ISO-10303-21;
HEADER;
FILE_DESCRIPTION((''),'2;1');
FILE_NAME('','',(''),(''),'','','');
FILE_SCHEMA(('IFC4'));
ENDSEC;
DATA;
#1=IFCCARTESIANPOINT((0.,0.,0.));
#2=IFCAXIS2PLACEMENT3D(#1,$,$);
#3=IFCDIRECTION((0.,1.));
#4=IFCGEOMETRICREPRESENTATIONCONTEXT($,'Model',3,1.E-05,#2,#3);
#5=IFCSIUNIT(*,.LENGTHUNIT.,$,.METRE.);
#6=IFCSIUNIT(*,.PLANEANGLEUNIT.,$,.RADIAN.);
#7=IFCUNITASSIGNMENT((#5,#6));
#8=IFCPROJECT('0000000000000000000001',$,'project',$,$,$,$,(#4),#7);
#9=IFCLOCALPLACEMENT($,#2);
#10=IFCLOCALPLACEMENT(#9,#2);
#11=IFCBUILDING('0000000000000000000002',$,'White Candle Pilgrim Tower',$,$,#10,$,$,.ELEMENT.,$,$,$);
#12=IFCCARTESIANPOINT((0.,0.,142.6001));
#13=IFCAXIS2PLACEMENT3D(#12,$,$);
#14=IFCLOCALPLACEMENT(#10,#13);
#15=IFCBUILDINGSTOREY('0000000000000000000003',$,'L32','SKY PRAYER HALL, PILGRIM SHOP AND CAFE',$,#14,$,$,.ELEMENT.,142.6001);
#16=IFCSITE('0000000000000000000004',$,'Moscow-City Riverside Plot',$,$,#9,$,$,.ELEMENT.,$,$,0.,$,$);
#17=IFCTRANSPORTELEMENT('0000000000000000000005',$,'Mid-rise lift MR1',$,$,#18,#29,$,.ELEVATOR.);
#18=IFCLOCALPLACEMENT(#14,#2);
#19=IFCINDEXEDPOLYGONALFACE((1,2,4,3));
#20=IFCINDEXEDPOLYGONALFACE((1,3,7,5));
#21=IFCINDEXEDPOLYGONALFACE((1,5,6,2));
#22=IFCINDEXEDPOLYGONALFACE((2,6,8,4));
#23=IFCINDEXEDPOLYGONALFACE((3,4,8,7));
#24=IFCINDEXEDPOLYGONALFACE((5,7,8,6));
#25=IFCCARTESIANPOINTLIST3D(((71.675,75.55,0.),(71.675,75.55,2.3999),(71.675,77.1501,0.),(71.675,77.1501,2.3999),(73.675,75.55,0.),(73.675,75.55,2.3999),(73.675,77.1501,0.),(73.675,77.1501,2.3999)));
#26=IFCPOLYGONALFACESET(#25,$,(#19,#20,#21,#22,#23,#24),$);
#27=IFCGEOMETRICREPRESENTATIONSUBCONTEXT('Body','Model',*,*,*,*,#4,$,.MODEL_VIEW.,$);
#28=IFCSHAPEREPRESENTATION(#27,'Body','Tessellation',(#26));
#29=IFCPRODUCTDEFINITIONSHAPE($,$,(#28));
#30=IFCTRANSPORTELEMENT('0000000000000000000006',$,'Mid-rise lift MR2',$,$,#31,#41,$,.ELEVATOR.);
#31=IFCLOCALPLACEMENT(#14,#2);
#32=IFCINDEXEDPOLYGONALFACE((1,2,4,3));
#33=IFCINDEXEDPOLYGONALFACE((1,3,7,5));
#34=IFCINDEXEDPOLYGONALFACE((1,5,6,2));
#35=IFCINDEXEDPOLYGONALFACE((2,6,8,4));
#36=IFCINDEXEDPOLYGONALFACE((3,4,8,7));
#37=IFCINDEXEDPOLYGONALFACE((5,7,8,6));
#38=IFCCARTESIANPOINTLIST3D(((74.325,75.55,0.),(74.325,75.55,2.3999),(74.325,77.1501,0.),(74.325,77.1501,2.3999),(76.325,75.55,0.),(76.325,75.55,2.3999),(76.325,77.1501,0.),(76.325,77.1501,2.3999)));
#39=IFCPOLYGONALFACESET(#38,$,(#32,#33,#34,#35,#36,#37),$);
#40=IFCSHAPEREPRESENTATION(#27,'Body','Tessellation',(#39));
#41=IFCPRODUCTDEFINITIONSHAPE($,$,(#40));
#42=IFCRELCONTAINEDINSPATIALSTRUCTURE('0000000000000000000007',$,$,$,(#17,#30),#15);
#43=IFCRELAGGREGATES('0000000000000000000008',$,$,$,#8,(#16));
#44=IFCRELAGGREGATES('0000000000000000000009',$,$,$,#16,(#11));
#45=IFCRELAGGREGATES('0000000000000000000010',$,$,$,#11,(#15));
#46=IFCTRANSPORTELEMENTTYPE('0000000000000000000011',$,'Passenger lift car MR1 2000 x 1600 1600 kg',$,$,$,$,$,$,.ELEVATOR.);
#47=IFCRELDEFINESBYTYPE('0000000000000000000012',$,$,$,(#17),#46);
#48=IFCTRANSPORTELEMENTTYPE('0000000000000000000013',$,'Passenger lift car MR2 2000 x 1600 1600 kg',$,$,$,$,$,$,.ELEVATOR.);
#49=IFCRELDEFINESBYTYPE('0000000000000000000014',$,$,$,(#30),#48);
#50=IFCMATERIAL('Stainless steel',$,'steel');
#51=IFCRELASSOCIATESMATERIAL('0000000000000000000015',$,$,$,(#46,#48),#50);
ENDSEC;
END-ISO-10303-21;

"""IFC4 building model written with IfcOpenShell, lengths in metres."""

from ifc_helpers import new_model, si_unit, direction, frame, origin, origin_2d, place, context, subcontext, project, spatial, rectangle, extrude, material, type_object, element, save


model = new_model("IFC4")

# Units and contexts
model_context = context("Model", 3, precision=1e-05, world=origin(), true_north=direction((0.0, 1.0)))
body_context = subcontext(model_context, "Body", "Model", "MODEL_VIEW")
ifc_project = project(units=[si_unit("LENGTHUNIT", "METRE"), si_unit("PLANEANGLEUNIT", "RADIAN")], contexts=[model_context])

# Site, building, storey
site_placement = place(None, origin())
site = spatial("IfcSite", under=ifc_project, at=site_placement, Name="Moscow-City Riverside Plot", CompositionType="ELEMENT", RefElevation=0.0)
building_placement = place(site_placement, origin())
building = spatial("IfcBuilding", under=site, at=building_placement, Name="White Candle Pilgrim Tower", CompositionType="ELEMENT")
storey_placement = place(building_placement, frame((0.0, 0.0, 142.6001)))
storey = spatial("IfcBuildingStorey", under=building, at=storey_placement, Name="L32", Description="SKY PRAYER HALL, PILGRIM SHOP AND CAFE", CompositionType="ELEMENT", Elevation=142.6001)

# Shared definitions
ifc_material_1 = material(Name="Stainless steel", Category="steel")

# Transport elements
transport_element_type_1 = type_object("IfcTransportElementType", Name="Passenger lift car MR1 2000 x 1600 1600 kg", PredefinedType="ELEVATOR", material=ifc_material_1)
transport_element_1_placement = place(storey_placement, frame((72.675, 76.3501, 0.0), z_axis=(0.0, 0.0, 1.0), x_axis=(1.0, 0.0, 0.0)))
element("IfcTransportElement", 1, at=transport_element_1_placement, inside=storey, type_object=transport_element_type_1, Name="Mid-rise lift MR1", PredefinedType="ELEVATOR", context=body_context, shape_type="SweptSolid", body=[
    extrude(rectangle(XDim=2.0, YDim=1.6001, at=origin_2d()), origin(), (0.0, 0.0, 1.0), 2.3999),
])
transport_element_type_2 = type_object("IfcTransportElementType", Name="Passenger lift car MR2 2000 x 1600 1600 kg", PredefinedType="ELEVATOR", material=ifc_material_1)
transport_element_2_placement = place(storey_placement, frame((75.325, 76.3501, 0.0), z_axis=(0.0, 0.0, 1.0), x_axis=(1.0, 0.0, 0.0)))
element("IfcTransportElement", 2, at=transport_element_2_placement, inside=storey, type_object=transport_element_type_2, Name="Mid-rise lift MR2", PredefinedType="ELEVATOR", context=body_context, shape_type="SweptSolid", body=[
    extrude(rectangle(XDim=2.0, YDim=1.6001, at=origin_2d()), origin(), (0.0, 0.0, 1.0), 2.3999),
])

save(model, "model.ifc")
